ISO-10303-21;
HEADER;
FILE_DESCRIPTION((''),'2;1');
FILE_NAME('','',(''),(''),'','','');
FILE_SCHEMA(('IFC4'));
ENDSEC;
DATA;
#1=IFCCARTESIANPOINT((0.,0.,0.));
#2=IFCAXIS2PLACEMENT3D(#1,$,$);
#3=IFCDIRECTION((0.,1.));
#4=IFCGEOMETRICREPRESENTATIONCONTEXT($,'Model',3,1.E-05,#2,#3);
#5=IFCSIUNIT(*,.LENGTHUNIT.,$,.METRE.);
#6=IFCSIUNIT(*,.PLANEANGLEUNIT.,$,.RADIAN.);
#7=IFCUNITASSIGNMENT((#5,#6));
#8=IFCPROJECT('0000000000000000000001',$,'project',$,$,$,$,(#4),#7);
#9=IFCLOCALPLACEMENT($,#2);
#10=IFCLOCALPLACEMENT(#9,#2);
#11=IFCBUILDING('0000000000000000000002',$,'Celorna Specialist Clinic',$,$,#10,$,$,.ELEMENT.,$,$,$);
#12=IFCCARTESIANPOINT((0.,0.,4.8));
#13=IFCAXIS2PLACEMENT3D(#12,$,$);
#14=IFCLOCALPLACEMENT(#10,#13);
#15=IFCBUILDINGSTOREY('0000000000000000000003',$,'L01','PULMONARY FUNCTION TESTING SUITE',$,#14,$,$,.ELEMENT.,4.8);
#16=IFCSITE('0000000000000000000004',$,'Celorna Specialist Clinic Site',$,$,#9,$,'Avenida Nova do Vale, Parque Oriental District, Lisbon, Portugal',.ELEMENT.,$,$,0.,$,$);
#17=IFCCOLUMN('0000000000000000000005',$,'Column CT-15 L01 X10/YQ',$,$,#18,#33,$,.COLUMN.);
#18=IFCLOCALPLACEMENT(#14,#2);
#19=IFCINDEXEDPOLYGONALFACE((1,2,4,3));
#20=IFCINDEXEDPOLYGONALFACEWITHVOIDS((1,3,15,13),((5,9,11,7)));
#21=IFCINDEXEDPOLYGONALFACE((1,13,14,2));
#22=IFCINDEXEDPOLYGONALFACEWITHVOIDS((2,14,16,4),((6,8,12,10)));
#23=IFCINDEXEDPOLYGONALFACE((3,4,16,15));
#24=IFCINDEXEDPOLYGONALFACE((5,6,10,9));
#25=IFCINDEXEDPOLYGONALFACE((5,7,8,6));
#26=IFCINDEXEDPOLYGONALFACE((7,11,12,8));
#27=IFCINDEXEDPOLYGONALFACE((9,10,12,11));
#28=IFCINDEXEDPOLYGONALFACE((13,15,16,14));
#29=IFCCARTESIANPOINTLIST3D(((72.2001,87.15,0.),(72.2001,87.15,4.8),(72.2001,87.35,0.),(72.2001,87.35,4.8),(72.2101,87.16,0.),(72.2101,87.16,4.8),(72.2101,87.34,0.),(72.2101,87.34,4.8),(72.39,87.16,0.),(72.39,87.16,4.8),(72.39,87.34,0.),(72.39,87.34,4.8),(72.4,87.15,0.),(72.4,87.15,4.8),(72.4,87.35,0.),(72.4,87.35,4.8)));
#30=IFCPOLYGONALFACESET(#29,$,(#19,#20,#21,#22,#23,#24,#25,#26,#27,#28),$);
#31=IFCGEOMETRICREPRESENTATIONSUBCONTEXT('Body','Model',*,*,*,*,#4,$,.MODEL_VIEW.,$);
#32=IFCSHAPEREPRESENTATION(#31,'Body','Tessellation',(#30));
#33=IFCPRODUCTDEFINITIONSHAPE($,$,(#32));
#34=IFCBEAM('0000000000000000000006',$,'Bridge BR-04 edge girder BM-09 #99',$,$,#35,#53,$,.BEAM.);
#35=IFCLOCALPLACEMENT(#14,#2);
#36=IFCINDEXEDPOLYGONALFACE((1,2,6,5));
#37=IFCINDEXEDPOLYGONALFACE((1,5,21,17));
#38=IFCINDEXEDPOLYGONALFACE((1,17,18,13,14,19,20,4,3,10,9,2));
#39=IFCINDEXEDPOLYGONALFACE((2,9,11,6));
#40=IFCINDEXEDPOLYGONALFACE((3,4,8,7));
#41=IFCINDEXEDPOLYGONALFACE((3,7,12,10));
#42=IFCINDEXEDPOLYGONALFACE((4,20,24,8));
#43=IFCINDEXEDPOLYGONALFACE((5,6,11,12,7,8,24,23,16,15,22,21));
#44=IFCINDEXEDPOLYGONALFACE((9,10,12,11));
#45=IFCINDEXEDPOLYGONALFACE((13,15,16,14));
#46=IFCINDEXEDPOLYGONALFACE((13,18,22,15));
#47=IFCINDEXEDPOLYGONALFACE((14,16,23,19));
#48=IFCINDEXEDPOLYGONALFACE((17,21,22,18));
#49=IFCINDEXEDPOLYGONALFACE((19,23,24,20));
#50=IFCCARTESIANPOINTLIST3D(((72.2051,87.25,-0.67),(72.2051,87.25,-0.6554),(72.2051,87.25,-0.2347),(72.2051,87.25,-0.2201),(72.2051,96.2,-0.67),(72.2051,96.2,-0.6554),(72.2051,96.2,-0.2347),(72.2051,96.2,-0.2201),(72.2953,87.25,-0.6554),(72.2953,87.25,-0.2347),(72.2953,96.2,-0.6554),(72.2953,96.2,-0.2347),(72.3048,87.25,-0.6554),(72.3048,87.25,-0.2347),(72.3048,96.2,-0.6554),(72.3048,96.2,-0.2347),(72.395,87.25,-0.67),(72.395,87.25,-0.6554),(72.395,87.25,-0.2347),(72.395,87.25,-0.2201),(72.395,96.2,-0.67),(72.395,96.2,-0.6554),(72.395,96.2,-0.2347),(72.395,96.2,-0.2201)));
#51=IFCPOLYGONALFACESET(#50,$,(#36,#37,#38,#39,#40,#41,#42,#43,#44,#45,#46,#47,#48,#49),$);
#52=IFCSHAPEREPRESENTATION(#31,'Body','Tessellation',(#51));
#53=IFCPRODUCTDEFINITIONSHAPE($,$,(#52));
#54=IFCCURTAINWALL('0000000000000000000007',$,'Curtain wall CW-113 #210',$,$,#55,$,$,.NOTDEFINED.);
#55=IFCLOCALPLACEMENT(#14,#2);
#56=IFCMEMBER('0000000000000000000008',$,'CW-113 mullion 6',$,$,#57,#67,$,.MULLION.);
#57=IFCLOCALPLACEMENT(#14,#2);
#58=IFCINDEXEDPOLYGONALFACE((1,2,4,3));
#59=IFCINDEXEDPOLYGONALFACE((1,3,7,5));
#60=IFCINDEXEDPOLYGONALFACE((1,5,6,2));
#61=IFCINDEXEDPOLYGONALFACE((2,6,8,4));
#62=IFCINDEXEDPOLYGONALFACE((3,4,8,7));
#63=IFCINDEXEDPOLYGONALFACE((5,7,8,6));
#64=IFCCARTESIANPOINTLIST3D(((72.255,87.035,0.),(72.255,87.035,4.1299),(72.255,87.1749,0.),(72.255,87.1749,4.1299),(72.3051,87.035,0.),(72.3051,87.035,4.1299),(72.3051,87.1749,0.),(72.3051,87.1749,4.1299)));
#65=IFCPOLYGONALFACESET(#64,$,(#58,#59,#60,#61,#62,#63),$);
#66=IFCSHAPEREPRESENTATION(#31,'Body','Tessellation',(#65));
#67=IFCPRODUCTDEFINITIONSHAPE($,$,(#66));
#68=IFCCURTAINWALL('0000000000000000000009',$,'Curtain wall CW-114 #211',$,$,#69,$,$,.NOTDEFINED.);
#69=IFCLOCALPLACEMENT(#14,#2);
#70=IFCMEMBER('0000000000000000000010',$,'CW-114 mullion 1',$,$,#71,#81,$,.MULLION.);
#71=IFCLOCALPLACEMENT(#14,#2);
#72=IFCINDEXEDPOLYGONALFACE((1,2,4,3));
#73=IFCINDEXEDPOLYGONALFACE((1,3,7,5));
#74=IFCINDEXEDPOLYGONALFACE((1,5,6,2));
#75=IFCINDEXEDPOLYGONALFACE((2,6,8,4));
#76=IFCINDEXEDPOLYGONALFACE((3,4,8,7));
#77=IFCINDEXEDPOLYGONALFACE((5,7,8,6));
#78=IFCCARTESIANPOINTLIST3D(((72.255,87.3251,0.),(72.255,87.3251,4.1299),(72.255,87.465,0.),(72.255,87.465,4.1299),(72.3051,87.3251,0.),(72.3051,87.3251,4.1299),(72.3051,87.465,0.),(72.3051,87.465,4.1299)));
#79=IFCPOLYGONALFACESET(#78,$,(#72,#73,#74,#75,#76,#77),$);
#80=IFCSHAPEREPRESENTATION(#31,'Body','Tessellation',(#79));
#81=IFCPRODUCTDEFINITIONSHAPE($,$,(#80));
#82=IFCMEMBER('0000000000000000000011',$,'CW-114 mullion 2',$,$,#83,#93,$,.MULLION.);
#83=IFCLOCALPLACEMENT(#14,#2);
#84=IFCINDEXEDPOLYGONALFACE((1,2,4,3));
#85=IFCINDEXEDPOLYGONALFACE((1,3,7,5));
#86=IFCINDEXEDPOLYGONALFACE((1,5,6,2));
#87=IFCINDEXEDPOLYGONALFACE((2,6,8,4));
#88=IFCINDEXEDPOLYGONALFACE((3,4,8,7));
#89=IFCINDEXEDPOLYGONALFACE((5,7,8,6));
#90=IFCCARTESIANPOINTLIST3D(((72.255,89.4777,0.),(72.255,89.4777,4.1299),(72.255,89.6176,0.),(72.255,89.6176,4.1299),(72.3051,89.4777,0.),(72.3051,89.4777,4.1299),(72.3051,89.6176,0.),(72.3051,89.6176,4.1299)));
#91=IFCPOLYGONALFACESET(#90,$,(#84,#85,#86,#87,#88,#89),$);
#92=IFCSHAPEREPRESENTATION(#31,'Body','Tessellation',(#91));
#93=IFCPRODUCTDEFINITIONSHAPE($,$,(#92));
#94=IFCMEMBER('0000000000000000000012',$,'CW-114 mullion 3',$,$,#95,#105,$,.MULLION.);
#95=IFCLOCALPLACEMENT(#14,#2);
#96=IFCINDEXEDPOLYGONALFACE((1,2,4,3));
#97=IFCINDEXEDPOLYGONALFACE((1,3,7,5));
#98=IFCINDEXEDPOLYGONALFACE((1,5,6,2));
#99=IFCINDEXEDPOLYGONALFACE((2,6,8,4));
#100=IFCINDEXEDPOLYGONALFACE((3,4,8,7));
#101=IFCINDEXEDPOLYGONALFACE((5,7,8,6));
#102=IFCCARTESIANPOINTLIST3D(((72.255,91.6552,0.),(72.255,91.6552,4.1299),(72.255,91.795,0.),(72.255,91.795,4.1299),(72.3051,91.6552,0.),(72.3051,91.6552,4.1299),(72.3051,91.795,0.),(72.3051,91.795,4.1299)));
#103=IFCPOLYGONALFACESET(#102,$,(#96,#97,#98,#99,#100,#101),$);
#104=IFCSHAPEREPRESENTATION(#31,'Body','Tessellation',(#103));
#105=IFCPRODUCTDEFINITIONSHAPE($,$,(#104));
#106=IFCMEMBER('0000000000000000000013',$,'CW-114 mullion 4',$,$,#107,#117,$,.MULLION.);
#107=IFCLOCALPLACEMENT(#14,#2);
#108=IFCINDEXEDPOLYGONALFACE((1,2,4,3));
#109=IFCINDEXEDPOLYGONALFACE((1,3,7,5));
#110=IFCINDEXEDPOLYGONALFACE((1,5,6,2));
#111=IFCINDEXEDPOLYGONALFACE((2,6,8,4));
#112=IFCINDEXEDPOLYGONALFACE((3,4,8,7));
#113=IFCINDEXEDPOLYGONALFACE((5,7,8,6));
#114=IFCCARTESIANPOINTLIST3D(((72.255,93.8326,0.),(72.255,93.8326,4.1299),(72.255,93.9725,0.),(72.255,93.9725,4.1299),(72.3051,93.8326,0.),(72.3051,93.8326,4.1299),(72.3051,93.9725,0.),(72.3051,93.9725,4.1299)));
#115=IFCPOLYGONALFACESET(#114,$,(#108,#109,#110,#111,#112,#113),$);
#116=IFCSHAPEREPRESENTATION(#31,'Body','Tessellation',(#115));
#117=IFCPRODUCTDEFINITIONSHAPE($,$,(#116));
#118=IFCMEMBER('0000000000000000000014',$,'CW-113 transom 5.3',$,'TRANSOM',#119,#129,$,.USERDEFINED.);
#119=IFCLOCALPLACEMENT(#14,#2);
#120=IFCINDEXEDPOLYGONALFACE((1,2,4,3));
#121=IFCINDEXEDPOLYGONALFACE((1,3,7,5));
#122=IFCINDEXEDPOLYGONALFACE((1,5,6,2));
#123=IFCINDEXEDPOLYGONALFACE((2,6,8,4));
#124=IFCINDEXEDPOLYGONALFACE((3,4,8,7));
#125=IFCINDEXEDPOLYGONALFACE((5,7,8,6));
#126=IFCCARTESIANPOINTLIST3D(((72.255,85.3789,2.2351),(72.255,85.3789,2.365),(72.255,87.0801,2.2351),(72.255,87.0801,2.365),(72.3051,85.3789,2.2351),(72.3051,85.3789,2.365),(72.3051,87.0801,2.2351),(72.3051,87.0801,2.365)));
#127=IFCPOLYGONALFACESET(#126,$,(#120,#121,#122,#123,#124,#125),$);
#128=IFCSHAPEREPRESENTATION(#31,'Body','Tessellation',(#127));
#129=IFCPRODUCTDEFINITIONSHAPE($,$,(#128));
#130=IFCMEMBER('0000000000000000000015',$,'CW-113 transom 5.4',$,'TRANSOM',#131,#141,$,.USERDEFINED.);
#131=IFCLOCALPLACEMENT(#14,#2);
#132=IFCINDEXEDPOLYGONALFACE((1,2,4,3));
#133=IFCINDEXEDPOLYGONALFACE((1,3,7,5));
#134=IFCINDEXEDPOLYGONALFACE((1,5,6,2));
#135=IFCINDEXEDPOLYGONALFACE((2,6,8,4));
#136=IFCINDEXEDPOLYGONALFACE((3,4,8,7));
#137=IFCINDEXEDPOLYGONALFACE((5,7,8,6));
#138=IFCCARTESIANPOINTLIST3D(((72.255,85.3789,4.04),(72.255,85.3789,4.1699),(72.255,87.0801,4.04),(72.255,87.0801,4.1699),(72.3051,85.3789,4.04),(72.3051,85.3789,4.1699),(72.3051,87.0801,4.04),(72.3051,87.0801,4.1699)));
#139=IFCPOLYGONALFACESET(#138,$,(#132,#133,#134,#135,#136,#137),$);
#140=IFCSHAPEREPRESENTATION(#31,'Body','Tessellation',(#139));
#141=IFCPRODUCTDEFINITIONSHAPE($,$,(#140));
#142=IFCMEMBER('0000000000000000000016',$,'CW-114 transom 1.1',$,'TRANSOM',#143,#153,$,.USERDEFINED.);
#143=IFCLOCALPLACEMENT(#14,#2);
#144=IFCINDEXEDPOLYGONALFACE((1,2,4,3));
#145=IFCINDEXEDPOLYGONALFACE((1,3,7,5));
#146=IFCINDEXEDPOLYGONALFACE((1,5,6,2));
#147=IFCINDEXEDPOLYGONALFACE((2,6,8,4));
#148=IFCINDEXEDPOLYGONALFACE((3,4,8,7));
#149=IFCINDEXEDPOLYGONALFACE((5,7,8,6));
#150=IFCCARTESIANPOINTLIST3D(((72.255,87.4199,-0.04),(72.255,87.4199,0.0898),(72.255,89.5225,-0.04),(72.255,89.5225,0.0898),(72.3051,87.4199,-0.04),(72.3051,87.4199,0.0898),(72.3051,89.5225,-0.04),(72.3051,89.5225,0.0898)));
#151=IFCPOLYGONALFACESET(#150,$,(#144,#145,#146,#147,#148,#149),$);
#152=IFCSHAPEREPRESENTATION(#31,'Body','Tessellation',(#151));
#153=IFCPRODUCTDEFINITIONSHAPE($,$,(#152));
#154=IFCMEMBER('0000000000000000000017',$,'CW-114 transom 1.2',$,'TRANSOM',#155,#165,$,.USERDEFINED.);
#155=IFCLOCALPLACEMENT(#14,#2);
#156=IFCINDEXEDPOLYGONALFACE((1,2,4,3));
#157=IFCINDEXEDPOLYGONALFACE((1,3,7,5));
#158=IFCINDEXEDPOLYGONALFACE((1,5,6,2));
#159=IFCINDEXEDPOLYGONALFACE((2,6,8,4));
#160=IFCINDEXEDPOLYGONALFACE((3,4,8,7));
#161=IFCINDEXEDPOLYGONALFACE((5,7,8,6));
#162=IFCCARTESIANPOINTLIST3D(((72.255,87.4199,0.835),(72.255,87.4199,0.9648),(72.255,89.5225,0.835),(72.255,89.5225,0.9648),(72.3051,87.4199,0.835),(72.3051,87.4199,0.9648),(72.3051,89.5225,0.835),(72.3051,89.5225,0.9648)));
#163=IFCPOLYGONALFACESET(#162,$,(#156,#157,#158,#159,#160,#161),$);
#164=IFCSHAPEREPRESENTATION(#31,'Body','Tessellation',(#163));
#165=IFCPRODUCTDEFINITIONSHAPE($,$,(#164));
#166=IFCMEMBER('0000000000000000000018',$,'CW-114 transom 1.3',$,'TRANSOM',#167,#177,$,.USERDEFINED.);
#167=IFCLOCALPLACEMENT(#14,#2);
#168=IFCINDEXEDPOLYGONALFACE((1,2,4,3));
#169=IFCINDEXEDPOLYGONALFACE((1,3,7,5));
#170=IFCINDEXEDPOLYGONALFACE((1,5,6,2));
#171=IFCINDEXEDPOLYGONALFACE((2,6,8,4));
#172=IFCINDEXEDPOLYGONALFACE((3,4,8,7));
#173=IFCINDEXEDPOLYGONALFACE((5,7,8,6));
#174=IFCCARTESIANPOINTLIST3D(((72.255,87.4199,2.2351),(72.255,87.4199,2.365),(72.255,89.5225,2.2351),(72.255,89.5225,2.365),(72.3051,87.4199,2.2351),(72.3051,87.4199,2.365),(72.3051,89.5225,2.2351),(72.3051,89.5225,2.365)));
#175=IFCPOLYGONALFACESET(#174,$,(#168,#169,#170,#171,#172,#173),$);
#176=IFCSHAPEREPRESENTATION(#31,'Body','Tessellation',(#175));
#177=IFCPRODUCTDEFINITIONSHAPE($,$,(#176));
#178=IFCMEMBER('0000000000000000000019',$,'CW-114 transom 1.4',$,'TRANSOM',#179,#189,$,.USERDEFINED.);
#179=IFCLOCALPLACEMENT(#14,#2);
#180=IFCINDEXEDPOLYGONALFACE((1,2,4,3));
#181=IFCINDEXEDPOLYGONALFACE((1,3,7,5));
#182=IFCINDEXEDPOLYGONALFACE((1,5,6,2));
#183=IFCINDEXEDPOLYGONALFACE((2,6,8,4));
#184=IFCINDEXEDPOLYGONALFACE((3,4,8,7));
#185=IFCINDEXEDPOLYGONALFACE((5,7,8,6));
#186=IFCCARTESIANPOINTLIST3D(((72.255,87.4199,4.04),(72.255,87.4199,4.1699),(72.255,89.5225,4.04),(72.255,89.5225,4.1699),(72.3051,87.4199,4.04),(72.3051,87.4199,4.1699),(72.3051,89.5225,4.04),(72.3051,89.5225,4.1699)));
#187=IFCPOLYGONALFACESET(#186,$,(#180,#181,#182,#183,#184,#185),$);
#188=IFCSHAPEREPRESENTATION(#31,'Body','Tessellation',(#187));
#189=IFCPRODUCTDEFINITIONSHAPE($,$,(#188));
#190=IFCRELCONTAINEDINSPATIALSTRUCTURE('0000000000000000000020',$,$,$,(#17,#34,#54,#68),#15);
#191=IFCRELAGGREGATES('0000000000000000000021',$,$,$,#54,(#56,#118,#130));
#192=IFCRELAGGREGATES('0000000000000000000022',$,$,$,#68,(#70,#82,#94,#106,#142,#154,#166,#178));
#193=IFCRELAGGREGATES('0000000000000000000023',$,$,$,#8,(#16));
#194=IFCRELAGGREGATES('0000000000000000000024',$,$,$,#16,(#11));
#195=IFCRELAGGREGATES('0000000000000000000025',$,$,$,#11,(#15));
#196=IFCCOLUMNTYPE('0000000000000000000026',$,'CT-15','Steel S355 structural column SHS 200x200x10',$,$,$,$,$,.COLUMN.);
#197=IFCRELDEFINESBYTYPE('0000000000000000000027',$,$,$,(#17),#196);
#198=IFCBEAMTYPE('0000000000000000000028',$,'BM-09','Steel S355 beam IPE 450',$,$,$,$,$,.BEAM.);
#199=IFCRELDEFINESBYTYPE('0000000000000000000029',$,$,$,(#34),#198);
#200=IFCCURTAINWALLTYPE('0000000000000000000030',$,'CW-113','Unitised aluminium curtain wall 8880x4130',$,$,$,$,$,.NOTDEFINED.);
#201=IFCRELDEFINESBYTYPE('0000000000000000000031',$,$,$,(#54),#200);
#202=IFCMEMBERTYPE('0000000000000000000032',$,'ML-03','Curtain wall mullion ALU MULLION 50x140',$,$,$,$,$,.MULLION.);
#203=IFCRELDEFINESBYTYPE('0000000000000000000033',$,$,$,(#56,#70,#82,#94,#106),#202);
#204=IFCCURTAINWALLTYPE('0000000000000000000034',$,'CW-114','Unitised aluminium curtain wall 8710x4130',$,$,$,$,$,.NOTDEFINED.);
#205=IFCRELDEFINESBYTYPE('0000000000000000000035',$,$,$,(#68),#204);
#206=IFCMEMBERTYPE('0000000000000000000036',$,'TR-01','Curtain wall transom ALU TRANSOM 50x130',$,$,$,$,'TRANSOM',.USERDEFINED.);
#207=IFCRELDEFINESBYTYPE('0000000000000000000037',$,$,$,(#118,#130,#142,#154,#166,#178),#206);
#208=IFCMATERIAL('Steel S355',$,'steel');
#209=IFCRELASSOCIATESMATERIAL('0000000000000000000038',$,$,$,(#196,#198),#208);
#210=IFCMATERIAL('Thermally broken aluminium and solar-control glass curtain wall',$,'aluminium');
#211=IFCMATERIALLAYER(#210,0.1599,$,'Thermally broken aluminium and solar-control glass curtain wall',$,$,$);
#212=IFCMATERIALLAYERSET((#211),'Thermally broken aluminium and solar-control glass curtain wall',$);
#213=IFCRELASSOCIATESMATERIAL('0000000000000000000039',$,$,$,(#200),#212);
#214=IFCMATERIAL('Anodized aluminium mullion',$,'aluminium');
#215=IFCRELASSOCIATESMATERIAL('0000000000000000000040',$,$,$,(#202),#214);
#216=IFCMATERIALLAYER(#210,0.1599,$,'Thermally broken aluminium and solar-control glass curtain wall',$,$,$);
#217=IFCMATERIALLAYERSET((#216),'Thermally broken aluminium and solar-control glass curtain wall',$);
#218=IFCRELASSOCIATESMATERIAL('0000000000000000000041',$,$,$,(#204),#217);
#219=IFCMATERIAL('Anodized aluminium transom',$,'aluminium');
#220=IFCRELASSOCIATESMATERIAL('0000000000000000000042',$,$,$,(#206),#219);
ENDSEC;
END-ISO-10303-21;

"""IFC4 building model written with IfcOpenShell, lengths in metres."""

from ifc_helpers import new_model, si_unit, direction, frame, origin, origin_2d, place, context, subcontext, project, spatial, rectangle, hollow_rectangle, i_section, extrude, material, layer, layer_set, material_profile, profile_set, type_object, element, aggregate, save


model = new_model("IFC4")

# Units and contexts
model_context = context("Model", 3, precision=1e-05, world=origin(), true_north=direction((0.0, 1.0)))
body_context = subcontext(model_context, "Body", "Model", "MODEL_VIEW")
ifc_project = project(units=[si_unit("LENGTHUNIT", "METRE"), si_unit("PLANEANGLEUNIT", "RADIAN")], contexts=[model_context])

# Site, building, storey
site_placement = place(None, origin())
site = spatial("IfcSite", under=ifc_project, at=site_placement, Name="Celorna Specialist Clinic Site", LongName="Avenida Nova do Vale, Parque Oriental District, Lisbon, Portugal", CompositionType="ELEMENT", RefElevation=0.0)
building_placement = place(site_placement, origin())
building = spatial("IfcBuilding", under=site, at=building_placement, Name="Celorna Specialist Clinic", CompositionType="ELEMENT")
storey_placement = place(building_placement, frame((0.0, 0.0, 4.8)))
storey = spatial("IfcBuildingStorey", under=building, at=storey_placement, Name="L01", Description="PULMONARY FUNCTION TESTING SUITE", CompositionType="ELEMENT", Elevation=4.8)

# Column
ifc_material_1 = material(Name="Steel S355", Category="steel")
ifc_material_profile_1 = material_profile(ifc_material_1, hollow_rectangle(XDim=0.2, YDim=0.2, WallThickness=0.01, at=origin_2d()), Name="SHS 200x200x10")
ifc_profile_set_1 = profile_set([ifc_material_profile_1], Name="Steel S355")
column_type = type_object("IfcColumnType", Name="CT-15", Description="Steel S355 structural column SHS 200x200x10", PredefinedType="COLUMN", material=ifc_profile_set_1)
column_placement = place(storey_placement, frame((72.3, 87.25, 0.0), z_axis=(0.0, 0.0, 1.0), x_axis=(1.0, 0.0, 0.0)))
element("IfcColumn", 1, at=column_placement, inside=storey, type_object=column_type, Name="Column CT-15 L01 X10/YQ", PredefinedType="COLUMN", context=body_context, shape_type="SweptSolid", body=[
    extrude(hollow_rectangle(XDim=0.2, YDim=0.2, WallThickness=0.01, at=origin_2d()), origin(), (0.0, 0.0, 1.0), 4.8),
])

# Beam
ifc_material_profile_2 = material_profile(ifc_material_1, i_section(OverallWidth=0.1899, OverallDepth=0.45, WebThickness=0.0095, FlangeThickness=0.0146, at=origin_2d()), Name="IPE 450")
ifc_profile_set_2 = profile_set([ifc_material_profile_2], Name="Steel S355")
beam_type = type_object("IfcBeamType", Name="BM-09", Description="Steel S355 beam IPE 450", PredefinedType="BEAM", material=ifc_profile_set_2)
beam_placement = place(storey_placement, frame((72.3, 87.25, -0.4451), z_axis=(0.0, 1.0, 0.0), x_axis=(-1.0, 0.0, 0.0)))
element("IfcBeam", 2, at=beam_placement, inside=storey, type_object=beam_type, Name="Bridge BR-04 edge girder BM-09 #99", PredefinedType="BEAM", context=body_context, shape_type="SweptSolid", body=[
    extrude(i_section(OverallWidth=0.1899, OverallDepth=0.45, WebThickness=0.0095, FlangeThickness=0.0146, at=origin_2d()), origin(), (0.0, 0.0, 1.0), 8.95),
])

# Curtain wall, member
ifc_material_2 = material(Name="Thermally broken aluminium and solar-control glass curtain wall", Category="aluminium")
ifc_layer_1 = layer(ifc_material_2, 0.1599, Name="Thermally broken aluminium and solar-control glass curtain wall")
ifc_layer_set_1 = layer_set([ifc_layer_1], Name="Thermally broken aluminium and solar-control glass curtain wall")
curtain_wall_type_1 = type_object("IfcCurtainWallType", Name="CW-113", Description="Unitised aluminium curtain wall 8880x4130", PredefinedType="NOTDEFINED", material=ifc_layer_set_1)
curtain_wall_1_placement = place(storey_placement, origin())
curtain_wall_1 = element("IfcCurtainWall", 3, at=curtain_wall_1_placement, inside=storey, type_object=curtain_wall_type_1, Name="Curtain wall CW-113 #210", PredefinedType="NOTDEFINED")
ifc_material_3 = material(Name="Anodized aluminium mullion", Category="aluminium")
ifc_material_profile_3 = material_profile(ifc_material_3, rectangle(XDim=0.05, YDim=0.1399, at=origin_2d()), Name="ALU MULLION 50x140")
ifc_profile_set_3 = profile_set([ifc_material_profile_3], Name="Anodized aluminium mullion")
member_type_1 = type_object("IfcMemberType", Name="ML-03", Description="Curtain wall mullion ALU MULLION 50x140", PredefinedType="MULLION", material=ifc_profile_set_3)
member_1_placement = place(storey_placement, frame((72.28, 87.105, 0.0), z_axis=(0.0, 0.0, 1.0), x_axis=(-1.0, 0.0, 0.0)))
member_1 = element("IfcMember", 4, at=member_1_placement, type_object=member_type_1, Name="CW-113 mullion 6", PredefinedType="MULLION", context=body_context, shape_type="SweptSolid", body=[
    extrude(rectangle(XDim=0.05, YDim=0.1399, at=origin_2d()), origin(), (0.0, 0.0, 1.0), 4.1299),
])

# Curtain wall, members
ifc_layer_2 = layer(ifc_material_2, 0.1599, Name="Thermally broken aluminium and solar-control glass curtain wall")
ifc_layer_set_2 = layer_set([ifc_layer_2], Name="Thermally broken aluminium and solar-control glass curtain wall")
curtain_wall_type_2 = type_object("IfcCurtainWallType", Name="CW-114", Description="Unitised aluminium curtain wall 8710x4130", PredefinedType="NOTDEFINED", material=ifc_layer_set_2)
curtain_wall_2_placement = place(storey_placement, origin())
curtain_wall_2 = element("IfcCurtainWall", 5, at=curtain_wall_2_placement, inside=storey, type_object=curtain_wall_type_2, Name="Curtain wall CW-114 #211", PredefinedType="NOTDEFINED")
member_2_placement = place(storey_placement, frame((72.28, 87.395, 0.0), z_axis=(0.0, 0.0, 1.0), x_axis=(-1.0, 0.0, 0.0)))
member_2 = element("IfcMember", 6, at=member_2_placement, type_object=member_type_1, Name="CW-114 mullion 1", PredefinedType="MULLION", context=body_context, shape_type="SweptSolid", body=[
    extrude(rectangle(XDim=0.05, YDim=0.1399, at=origin_2d()), origin(), (0.0, 0.0, 1.0), 4.1299),
])
member_3_placement = place(storey_placement, frame((72.28, 89.5476, 0.0), z_axis=(0.0, 0.0, 1.0), x_axis=(-1.0, 0.0, 0.0)))
member_3 = element("IfcMember", 7, at=member_3_placement, type_object=member_type_1, Name="CW-114 mullion 2", PredefinedType="MULLION", context=body_context, shape_type="SweptSolid", body=[
    extrude(rectangle(XDim=0.05, YDim=0.1399, at=origin_2d()), origin(), (0.0, 0.0, 1.0), 4.1299),
])
member_4_placement = place(storey_placement, frame((72.28, 91.7251, 0.0), z_axis=(0.0, 0.0, 1.0), x_axis=(-1.0, 0.0, 0.0)))
member_4 = element("IfcMember", 8, at=member_4_placement, type_object=member_type_1, Name="CW-114 mullion 3", PredefinedType="MULLION", context=body_context, shape_type="SweptSolid", body=[
    extrude(rectangle(XDim=0.05, YDim=0.1399, at=origin_2d()), origin(), (0.0, 0.0, 1.0), 4.1299),
])
member_5_placement = place(storey_placement, frame((72.28, 93.9026, 0.0), z_axis=(0.0, 0.0, 1.0), x_axis=(-1.0, 0.0, 0.0)))
member_5 = element("IfcMember", 9, at=member_5_placement, type_object=member_type_1, Name="CW-114 mullion 4", PredefinedType="MULLION", context=body_context, shape_type="SweptSolid", body=[
    extrude(rectangle(XDim=0.05, YDim=0.1399, at=origin_2d()), origin(), (0.0, 0.0, 1.0), 4.1299),
])

# Members
ifc_material_4 = material(Name="Anodized aluminium transom", Category="aluminium")
ifc_material_profile_4 = material_profile(ifc_material_4, rectangle(XDim=0.05, YDim=0.1299, at=origin_2d()), Name="ALU TRANSOM 50x130")
ifc_profile_set_4 = profile_set([ifc_material_profile_4], Name="Anodized aluminium transom")
member_type_2 = type_object("IfcMemberType", Name="TR-01", Description="Curtain wall transom ALU TRANSOM 50x130", ElementType="TRANSOM", PredefinedType="USERDEFINED", material=ifc_profile_set_4)
member_6_placement = place(storey_placement, frame((72.28, 85.3789, 2.3), z_axis=(0.0, 1.0, 0.0), x_axis=(-1.0, 0.0, 0.0)))
member_6 = element("IfcMember", 10, at=member_6_placement, type_object=member_type_2, Name="CW-113 transom 5.3", ObjectType="TRANSOM", PredefinedType="USERDEFINED", context=body_context, shape_type="SweptSolid", body=[
    extrude(rectangle(XDim=0.05, YDim=0.1299, at=origin_2d()), origin(), (0.0, 0.0, 1.0), 1.7012),
])
member_7_placement = place(storey_placement, frame((72.28, 85.3789, 4.105), z_axis=(0.0, 1.0, 0.0), x_axis=(-1.0, 0.0, 0.0)))
member_7 = element("IfcMember", 11, at=member_7_placement, type_object=member_type_2, Name="CW-113 transom 5.4", ObjectType="TRANSOM", PredefinedType="USERDEFINED", context=body_context, shape_type="SweptSolid", body=[
    extrude(rectangle(XDim=0.05, YDim=0.1299, at=origin_2d()), origin(), (0.0, 0.0, 1.0), 1.7012),
])
member_8_placement = place(storey_placement, frame((72.28, 87.4199, 0.0249), z_axis=(0.0, 1.0, 0.0), x_axis=(-1.0, 0.0, 0.0)))
member_8 = element("IfcMember", 12, at=member_8_placement, type_object=member_type_2, Name="CW-114 transom 1.1", ObjectType="TRANSOM", PredefinedType="USERDEFINED", context=body_context, shape_type="SweptSolid", body=[
    extrude(rectangle(XDim=0.05, YDim=0.1299, at=origin_2d()), origin(), (0.0, 0.0, 1.0), 2.1025),
])
member_9_placement = place(storey_placement, frame((72.28, 87.4199, 0.8999), z_axis=(0.0, 1.0, 0.0), x_axis=(-1.0, 0.0, 0.0)))
member_9 = element("IfcMember", 13, at=member_9_placement, type_object=member_type_2, Name="CW-114 transom 1.2", ObjectType="TRANSOM", PredefinedType="USERDEFINED", context=body_context, shape_type="SweptSolid", body=[
    extrude(rectangle(XDim=0.05, YDim=0.1299, at=origin_2d()), origin(), (0.0, 0.0, 1.0), 2.1025),
])
member_10_placement = place(storey_placement, frame((72.28, 87.4199, 2.3), z_axis=(0.0, 1.0, 0.0), x_axis=(-1.0, 0.0, 0.0)))
member_10 = element("IfcMember", 14, at=member_10_placement, type_object=member_type_2, Name="CW-114 transom 1.3", ObjectType="TRANSOM", PredefinedType="USERDEFINED", context=body_context, shape_type="SweptSolid", body=[
    extrude(rectangle(XDim=0.05, YDim=0.1299, at=origin_2d()), origin(), (0.0, 0.0, 1.0), 2.1025),
])
member_11_placement = place(storey_placement, frame((72.28, 87.4199, 4.105), z_axis=(0.0, 1.0, 0.0), x_axis=(-1.0, 0.0, 0.0)))
member_11 = element("IfcMember", 15, at=member_11_placement, type_object=member_type_2, Name="CW-114 transom 1.4", ObjectType="TRANSOM", PredefinedType="USERDEFINED", context=body_context, shape_type="SweptSolid", body=[
    extrude(rectangle(XDim=0.05, YDim=0.1299, at=origin_2d()), origin(), (0.0, 0.0, 1.0), 2.1025),
])

aggregate(curtain_wall_1, [member_1, member_6, member_7])
aggregate(curtain_wall_2, [member_2, member_3, member_4, member_5, member_8, member_9, member_10, member_11])

save(model, "model.ifc")
